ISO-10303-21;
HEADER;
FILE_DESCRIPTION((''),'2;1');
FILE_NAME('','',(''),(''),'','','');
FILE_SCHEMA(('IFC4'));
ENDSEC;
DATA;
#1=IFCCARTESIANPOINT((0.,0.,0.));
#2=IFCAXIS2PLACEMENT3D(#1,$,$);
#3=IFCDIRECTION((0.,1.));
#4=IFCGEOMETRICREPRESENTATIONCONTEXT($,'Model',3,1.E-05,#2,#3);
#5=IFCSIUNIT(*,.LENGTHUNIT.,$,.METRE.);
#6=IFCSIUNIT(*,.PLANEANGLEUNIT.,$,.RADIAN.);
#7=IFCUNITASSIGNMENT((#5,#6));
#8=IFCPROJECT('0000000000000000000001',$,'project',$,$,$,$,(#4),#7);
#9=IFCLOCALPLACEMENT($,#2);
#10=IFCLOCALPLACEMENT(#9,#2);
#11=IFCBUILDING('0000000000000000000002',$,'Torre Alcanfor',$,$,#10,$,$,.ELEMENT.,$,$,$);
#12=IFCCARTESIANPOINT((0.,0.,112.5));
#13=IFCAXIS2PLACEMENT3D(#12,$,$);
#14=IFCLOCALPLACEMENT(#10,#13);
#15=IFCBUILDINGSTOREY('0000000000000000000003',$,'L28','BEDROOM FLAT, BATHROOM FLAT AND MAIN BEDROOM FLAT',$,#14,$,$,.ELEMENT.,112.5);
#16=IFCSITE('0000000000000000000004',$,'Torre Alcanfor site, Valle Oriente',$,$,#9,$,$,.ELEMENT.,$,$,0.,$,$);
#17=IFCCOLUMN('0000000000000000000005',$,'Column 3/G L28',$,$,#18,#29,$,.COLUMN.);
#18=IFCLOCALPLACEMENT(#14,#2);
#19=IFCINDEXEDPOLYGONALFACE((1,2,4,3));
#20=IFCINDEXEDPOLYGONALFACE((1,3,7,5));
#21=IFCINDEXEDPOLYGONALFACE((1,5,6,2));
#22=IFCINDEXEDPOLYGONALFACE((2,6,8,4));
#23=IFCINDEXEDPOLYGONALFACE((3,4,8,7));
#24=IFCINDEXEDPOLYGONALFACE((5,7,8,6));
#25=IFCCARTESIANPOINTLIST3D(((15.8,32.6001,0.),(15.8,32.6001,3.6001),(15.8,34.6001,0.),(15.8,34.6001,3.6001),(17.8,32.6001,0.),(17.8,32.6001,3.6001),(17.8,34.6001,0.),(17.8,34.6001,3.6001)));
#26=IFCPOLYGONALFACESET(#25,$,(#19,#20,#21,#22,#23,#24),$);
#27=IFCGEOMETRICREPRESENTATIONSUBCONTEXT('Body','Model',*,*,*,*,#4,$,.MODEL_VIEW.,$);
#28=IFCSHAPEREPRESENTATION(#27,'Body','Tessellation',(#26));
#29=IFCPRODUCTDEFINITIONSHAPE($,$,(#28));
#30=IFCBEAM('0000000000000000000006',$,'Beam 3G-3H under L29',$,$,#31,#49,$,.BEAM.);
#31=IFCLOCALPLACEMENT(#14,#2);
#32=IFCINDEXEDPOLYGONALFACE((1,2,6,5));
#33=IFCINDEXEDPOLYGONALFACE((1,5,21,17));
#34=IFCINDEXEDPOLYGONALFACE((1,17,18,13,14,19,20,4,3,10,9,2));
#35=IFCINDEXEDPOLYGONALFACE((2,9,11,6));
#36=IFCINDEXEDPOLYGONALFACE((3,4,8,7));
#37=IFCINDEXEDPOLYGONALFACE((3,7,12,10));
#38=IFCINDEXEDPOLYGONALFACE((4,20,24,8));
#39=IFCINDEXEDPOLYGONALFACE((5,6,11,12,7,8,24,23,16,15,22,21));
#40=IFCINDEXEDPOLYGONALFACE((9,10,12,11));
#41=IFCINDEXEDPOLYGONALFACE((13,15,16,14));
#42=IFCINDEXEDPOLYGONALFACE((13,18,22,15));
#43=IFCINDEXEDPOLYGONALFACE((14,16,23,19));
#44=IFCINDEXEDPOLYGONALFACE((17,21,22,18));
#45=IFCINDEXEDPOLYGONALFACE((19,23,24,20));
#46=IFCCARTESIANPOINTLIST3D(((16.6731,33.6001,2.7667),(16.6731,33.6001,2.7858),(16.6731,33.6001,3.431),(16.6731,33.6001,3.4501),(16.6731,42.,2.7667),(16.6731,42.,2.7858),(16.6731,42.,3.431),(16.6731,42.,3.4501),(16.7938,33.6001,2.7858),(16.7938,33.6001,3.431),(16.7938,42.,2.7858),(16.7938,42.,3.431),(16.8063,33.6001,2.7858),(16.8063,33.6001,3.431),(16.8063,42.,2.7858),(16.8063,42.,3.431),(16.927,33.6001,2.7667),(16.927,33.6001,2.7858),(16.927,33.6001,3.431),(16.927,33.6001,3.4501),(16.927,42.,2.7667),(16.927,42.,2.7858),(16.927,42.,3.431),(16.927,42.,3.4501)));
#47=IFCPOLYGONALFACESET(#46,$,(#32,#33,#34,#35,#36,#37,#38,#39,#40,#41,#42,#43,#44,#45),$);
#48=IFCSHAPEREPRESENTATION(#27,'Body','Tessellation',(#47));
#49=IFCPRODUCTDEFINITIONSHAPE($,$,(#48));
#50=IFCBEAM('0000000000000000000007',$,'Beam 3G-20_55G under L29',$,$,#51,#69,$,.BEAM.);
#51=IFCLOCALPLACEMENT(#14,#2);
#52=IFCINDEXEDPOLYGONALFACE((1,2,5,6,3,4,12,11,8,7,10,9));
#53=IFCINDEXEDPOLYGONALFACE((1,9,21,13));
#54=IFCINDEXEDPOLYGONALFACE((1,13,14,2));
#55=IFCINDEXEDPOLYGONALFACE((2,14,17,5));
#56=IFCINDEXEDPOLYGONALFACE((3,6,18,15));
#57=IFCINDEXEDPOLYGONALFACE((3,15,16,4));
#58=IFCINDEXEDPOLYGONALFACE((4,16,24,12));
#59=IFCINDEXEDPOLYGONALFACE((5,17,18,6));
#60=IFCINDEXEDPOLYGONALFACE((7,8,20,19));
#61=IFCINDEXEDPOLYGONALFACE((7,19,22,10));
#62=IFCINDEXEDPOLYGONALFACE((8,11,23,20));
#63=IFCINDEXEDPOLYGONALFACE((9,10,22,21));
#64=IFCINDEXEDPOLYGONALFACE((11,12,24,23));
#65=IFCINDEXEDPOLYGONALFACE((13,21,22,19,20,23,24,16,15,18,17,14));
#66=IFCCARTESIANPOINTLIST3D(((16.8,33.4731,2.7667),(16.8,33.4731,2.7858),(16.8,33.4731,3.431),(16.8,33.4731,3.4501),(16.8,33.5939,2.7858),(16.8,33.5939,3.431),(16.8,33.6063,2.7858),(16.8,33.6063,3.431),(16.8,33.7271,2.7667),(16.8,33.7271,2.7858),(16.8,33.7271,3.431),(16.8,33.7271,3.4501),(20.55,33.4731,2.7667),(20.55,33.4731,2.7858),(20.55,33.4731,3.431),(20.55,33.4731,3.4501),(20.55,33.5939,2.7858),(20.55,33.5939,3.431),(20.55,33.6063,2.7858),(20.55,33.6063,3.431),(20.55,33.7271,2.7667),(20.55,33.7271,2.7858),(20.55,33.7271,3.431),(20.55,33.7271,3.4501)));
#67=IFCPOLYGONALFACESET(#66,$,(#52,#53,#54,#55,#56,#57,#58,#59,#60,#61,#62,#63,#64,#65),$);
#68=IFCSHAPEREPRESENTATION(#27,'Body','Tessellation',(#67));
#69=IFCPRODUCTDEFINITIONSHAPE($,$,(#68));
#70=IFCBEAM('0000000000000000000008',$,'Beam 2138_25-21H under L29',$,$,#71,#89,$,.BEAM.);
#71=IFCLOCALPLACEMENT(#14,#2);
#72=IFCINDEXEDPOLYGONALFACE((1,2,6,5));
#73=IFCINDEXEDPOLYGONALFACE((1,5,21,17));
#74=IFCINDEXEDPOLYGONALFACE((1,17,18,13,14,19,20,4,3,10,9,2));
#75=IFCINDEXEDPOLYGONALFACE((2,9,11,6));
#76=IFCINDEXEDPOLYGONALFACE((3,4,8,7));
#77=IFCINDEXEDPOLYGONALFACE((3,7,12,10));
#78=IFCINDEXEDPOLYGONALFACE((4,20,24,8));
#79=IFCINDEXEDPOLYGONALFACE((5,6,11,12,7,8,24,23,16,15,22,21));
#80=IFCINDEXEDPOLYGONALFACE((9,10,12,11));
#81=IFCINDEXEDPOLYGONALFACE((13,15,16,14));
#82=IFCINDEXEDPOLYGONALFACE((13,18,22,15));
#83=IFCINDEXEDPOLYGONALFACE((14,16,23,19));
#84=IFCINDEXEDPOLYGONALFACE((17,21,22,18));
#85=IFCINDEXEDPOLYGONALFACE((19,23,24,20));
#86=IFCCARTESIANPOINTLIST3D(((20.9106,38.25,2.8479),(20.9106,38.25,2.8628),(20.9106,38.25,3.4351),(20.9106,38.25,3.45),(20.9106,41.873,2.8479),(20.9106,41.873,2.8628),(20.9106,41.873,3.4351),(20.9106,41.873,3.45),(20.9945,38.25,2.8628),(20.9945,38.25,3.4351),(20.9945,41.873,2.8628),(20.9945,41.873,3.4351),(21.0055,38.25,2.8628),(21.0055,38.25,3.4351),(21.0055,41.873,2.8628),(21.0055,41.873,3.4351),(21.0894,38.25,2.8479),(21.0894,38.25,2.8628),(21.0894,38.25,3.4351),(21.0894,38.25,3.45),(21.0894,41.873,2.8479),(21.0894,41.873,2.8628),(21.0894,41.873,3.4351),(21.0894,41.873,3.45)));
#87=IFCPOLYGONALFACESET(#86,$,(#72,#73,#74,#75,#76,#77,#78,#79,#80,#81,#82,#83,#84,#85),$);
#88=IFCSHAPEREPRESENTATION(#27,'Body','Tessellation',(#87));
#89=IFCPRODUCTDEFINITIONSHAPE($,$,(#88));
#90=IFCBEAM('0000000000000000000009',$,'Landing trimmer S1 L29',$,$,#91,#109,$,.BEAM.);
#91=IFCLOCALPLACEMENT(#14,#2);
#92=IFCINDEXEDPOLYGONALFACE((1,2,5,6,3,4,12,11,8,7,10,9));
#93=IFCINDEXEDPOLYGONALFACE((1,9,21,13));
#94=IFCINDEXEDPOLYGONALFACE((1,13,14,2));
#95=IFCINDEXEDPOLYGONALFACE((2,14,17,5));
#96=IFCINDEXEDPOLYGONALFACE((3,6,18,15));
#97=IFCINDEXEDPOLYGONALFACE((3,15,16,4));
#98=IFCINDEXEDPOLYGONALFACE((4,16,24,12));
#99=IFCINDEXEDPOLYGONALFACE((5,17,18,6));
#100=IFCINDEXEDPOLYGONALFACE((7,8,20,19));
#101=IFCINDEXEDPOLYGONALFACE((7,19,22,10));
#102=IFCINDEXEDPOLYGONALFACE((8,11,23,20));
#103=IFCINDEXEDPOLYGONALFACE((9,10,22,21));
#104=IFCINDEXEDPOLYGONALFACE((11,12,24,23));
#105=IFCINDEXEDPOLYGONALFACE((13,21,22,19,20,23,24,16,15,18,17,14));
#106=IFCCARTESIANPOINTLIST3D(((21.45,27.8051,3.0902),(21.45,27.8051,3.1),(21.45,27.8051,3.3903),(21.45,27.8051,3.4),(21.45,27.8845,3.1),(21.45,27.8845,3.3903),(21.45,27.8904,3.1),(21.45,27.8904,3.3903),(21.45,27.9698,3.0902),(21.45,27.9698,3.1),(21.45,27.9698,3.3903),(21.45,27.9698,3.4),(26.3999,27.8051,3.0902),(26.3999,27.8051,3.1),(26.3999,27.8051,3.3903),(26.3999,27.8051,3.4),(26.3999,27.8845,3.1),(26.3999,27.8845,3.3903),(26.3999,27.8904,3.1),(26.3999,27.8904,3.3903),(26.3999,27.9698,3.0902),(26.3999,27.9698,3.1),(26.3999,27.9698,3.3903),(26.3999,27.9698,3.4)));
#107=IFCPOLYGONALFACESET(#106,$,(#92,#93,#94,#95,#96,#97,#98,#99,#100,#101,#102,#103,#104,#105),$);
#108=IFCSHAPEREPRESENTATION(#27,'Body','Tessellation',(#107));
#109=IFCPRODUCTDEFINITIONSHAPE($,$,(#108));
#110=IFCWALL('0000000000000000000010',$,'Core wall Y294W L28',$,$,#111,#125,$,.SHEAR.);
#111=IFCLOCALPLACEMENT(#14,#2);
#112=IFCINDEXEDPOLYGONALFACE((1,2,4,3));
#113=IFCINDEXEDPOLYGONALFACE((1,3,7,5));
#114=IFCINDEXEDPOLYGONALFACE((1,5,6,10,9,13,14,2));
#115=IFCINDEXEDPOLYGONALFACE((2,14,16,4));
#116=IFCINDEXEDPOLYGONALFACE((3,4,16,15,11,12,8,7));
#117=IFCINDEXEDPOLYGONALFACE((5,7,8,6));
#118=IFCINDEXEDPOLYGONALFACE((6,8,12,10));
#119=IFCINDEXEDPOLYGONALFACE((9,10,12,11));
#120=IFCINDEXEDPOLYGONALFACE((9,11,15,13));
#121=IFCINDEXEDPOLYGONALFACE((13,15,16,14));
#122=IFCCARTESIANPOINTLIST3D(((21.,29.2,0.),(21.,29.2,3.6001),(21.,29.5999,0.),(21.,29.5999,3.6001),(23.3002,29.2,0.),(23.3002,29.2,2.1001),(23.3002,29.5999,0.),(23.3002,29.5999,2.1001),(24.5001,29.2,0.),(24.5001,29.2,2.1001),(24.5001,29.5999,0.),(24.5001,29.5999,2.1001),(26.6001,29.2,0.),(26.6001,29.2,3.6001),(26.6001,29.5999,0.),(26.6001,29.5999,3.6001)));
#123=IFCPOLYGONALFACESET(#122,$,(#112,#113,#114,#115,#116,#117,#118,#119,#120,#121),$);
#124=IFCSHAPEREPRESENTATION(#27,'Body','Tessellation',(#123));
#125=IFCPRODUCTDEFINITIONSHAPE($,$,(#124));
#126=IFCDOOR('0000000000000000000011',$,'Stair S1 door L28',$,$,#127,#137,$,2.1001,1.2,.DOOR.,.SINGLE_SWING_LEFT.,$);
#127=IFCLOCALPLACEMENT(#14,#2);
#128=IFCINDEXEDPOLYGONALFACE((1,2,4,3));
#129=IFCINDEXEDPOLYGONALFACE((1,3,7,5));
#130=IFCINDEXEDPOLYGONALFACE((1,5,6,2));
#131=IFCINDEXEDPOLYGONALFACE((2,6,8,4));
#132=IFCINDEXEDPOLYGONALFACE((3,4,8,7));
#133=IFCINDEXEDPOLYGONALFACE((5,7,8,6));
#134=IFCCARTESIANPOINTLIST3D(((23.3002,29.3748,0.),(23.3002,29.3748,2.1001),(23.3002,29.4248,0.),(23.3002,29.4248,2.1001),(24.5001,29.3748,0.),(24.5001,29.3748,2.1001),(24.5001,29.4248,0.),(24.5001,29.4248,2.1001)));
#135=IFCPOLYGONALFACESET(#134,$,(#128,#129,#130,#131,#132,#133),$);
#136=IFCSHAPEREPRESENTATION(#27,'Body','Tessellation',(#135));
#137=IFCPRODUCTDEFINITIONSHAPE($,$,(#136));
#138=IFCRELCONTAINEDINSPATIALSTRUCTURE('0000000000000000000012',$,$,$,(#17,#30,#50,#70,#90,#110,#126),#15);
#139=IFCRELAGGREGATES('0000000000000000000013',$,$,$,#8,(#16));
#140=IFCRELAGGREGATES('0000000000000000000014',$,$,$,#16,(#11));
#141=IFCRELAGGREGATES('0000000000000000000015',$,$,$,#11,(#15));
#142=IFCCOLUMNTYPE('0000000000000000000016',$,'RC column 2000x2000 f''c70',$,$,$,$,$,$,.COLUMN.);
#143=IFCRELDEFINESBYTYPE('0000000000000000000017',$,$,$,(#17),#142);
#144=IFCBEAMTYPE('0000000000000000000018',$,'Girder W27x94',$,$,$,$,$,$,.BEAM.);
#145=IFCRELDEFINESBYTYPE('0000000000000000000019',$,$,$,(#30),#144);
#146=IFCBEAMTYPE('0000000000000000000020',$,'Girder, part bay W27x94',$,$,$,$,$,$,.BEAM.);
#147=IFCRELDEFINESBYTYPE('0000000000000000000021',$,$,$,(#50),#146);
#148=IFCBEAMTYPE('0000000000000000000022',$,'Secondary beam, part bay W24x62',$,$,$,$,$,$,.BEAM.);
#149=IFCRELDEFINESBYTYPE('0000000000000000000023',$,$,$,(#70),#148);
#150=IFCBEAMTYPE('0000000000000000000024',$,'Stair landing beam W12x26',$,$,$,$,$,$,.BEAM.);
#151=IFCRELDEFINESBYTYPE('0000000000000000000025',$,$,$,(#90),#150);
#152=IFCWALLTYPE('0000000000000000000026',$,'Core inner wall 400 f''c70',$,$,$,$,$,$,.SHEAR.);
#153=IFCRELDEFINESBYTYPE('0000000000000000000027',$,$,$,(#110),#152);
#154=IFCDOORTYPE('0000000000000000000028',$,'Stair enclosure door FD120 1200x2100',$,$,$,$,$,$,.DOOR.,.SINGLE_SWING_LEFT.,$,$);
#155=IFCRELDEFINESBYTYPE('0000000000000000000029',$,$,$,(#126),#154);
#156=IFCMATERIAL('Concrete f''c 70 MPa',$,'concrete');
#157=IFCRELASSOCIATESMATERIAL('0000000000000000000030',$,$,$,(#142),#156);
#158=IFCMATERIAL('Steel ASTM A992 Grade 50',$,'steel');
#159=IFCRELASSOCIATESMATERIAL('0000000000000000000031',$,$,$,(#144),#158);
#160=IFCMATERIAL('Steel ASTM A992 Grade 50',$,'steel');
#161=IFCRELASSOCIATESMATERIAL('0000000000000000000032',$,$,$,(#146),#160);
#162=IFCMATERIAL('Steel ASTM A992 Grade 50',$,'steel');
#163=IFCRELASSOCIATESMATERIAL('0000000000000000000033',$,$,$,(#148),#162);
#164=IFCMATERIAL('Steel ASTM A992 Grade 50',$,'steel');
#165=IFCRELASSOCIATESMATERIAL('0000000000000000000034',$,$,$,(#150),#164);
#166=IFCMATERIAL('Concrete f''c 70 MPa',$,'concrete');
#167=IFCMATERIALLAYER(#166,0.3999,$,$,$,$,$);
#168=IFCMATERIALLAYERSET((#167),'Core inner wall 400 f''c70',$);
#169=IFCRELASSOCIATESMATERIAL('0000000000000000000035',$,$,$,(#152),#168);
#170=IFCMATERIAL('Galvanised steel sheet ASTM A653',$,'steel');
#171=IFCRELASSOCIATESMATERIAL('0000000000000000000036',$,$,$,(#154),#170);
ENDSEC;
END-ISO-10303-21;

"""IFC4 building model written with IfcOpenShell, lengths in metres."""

from ifc_helpers import new_model, si_unit, direction, frame, frame_2d, origin, origin_2d, place, context, subcontext, project, spatial, rectangle, i_section, extrude, material, layer, layer_set, material_profile, profile_set, type_object, element, fill, save


model = new_model("IFC4")

# Units and contexts
model_context = context("Model", 3, precision=1e-05, world=origin(), true_north=direction((0.0, 1.0)))
body_context = subcontext(model_context, "Body", "Model", "MODEL_VIEW")
ifc_project = project(units=[si_unit("LENGTHUNIT", "METRE"), si_unit("PLANEANGLEUNIT", "RADIAN")], contexts=[model_context])

# Site, building, storey
site_placement = place(None, origin())
site = spatial("IfcSite", under=ifc_project, at=site_placement, Name="Torre Alcanfor site, Valle Oriente", CompositionType="ELEMENT", RefElevation=0.0)
building_placement = place(site_placement, origin())
building = spatial("IfcBuilding", under=site, at=building_placement, Name="Torre Alcanfor", CompositionType="ELEMENT")
storey_placement = place(building_placement, frame((0.0, 0.0, 112.5)))
storey = spatial("IfcBuildingStorey", under=building, at=storey_placement, Name="L28", Description="BEDROOM FLAT, BATHROOM FLAT AND MAIN BEDROOM FLAT", CompositionType="ELEMENT", Elevation=112.5)

# Column
ifc_material_1 = material(Name="Concrete f'c 70 MPa", Category="concrete")
ifc_material_profile_1 = material_profile(ifc_material_1, rectangle(XDim=2.0, YDim=2.0, at=origin_2d()), Name="2000x2000")
ifc_profile_set_1 = profile_set([ifc_material_profile_1], Name="Concrete f'c 70 MPa")
column_type = type_object("IfcColumnType", Name="RC column 2000x2000 f'c70", PredefinedType="COLUMN", material=ifc_profile_set_1)
column_placement = place(storey_placement, frame((16.8, 33.6001, 0.0), z_axis=(0.0, 0.0, 1.0), x_axis=(1.0, 0.0, 0.0)))
element("IfcColumn", 1, at=column_placement, inside=storey, type_object=column_type, Name="Column 3/G L28", PredefinedType="COLUMN", context=body_context, shape_type="SweptSolid", body=[
    extrude(rectangle(XDim=2.0, YDim=2.0, at=origin_2d()), origin(), (0.0, 0.0, 1.0), 3.6001),
])

# Beams
ifc_material_2 = material(Name="Steel ASTM A992 Grade 50", Category="steel")
ifc_material_profile_2 = material_profile(ifc_material_2, i_section(OverallWidth=0.2539, OverallDepth=0.6833, WebThickness=0.0125, FlangeThickness=0.019, at=origin_2d()), Name="W27x94")
ifc_profile_set_2 = profile_set([ifc_material_profile_2], Name="Steel ASTM A992 Grade 50")
beam_type_1 = type_object("IfcBeamType", Name="Girder W27x94", PredefinedType="BEAM", material=ifc_profile_set_2)
beam_1_placement = place(storey_placement, frame((16.8, 33.6001, 3.1084), z_axis=(0.0, 1.0, 0.0), x_axis=(-1.0, 0.0, 0.0)))
element("IfcBeam", 2, at=beam_1_placement, inside=storey, type_object=beam_type_1, Name="Beam 3G-3H under L29", PredefinedType="BEAM", context=body_context, shape_type="SweptSolid", body=[
    extrude(i_section(OverallWidth=0.2539, OverallDepth=0.6833, WebThickness=0.0125, FlangeThickness=0.019, at=origin_2d()), origin(), (0.0, 0.0, 1.0), 8.3999),
])
ifc_material_3 = material(Name="Steel ASTM A992 Grade 50", Category="steel")
ifc_material_profile_3 = material_profile(ifc_material_3, i_section(OverallWidth=0.2539, OverallDepth=0.6833, WebThickness=0.0125, FlangeThickness=0.019, at=origin_2d()), Name="W27x94")
ifc_profile_set_3 = profile_set([ifc_material_profile_3], Name="Steel ASTM A992 Grade 50")
beam_type_2 = type_object("IfcBeamType", Name="Girder, part bay W27x94", PredefinedType="BEAM", material=ifc_profile_set_3)
beam_2_placement = place(storey_placement, frame((16.8, 33.6001, 3.1084), z_axis=(1.0, 0.0, 0.0), x_axis=(0.0, 1.0, 0.0)))
element("IfcBeam", 3, at=beam_2_placement, inside=storey, type_object=beam_type_2, Name="Beam 3G-20_55G under L29", PredefinedType="BEAM", context=body_context, shape_type="SweptSolid", body=[
    extrude(i_section(OverallWidth=0.2539, OverallDepth=0.6833, WebThickness=0.0125, FlangeThickness=0.019, at=origin_2d()), origin(), (0.0, 0.0, 1.0), 3.75),
])
ifc_material_4 = material(Name="Steel ASTM A992 Grade 50", Category="steel")
ifc_material_profile_4 = material_profile(ifc_material_4, i_section(OverallWidth=0.1787, OverallDepth=0.6021, WebThickness=0.011, FlangeThickness=0.0149, at=origin_2d()), Name="W24x62")
ifc_profile_set_4 = profile_set([ifc_material_profile_4], Name="Steel ASTM A992 Grade 50")
beam_type_3 = type_object("IfcBeamType", Name="Secondary beam, part bay W24x62", PredefinedType="BEAM", material=ifc_profile_set_4)
beam_3_placement = place(storey_placement, frame((21.0, 38.25, 3.1489), z_axis=(0.0, 1.0, 0.0), x_axis=(-1.0, 0.0, 0.0)))
element("IfcBeam", 4, at=beam_3_placement, inside=storey, type_object=beam_type_3, Name="Beam 2138_25-21H under L29", PredefinedType="BEAM", context=body_context, shape_type="SweptSolid", body=[
    extrude(i_section(OverallWidth=0.1787, OverallDepth=0.6021, WebThickness=0.011, FlangeThickness=0.0149, at=origin_2d()), origin(), (0.0, 0.0, 1.0), 3.623),
])
ifc_material_5 = material(Name="Steel ASTM A992 Grade 50", Category="steel")
ifc_material_profile_5 = material_profile(ifc_material_5, i_section(OverallWidth=0.1648, OverallDepth=0.3098, WebThickness=0.0059, FlangeThickness=0.0098, at=origin_2d()), Name="W12x26")
ifc_profile_set_5 = profile_set([ifc_material_profile_5], Name="Steel ASTM A992 Grade 50")
beam_type_4 = type_object("IfcBeamType", Name="Stair landing beam W12x26", PredefinedType="BEAM", material=ifc_profile_set_5)
beam_4_placement = place(storey_placement, frame((21.45, 27.8875, 3.2451), z_axis=(1.0, 0.0, 0.0), x_axis=(0.0, 1.0, 0.0)))
element("IfcBeam", 5, at=beam_4_placement, inside=storey, type_object=beam_type_4, Name="Landing trimmer S1 L29", PredefinedType="BEAM", context=body_context, shape_type="SweptSolid", body=[
    extrude(i_section(OverallWidth=0.1648, OverallDepth=0.3098, WebThickness=0.0059, FlangeThickness=0.0098, at=origin_2d()), origin(), (0.0, 0.0, 1.0), 4.95),
])

# Wall, opening, door
ifc_material_6 = material(Name="Concrete f'c 70 MPa", Category="concrete")
ifc_layer_1 = layer(ifc_material_6, 0.3999)
ifc_layer_set_1 = layer_set([ifc_layer_1], Name="Core inner wall 400 f'c70")
wall_type_1 = type_object("IfcWallType", Name="Core inner wall 400 f'c70", PredefinedType="SHEAR", material=ifc_layer_set_1)
wall_1_placement = place(storey_placement, frame((21.0, 29.3999, 0.0), z_axis=(0.0, 0.0, 1.0), x_axis=(1.0, 0.0, 0.0)))
wall_1 = element("IfcWall", 6, at=wall_1_placement, inside=storey, type_object=wall_type_1, Name="Core wall Y294W L28", PredefinedType="SHEAR", context=body_context, shape_type="SweptSolid", body=[
    extrude(rectangle(XDim=5.6001, YDim=0.3999, at=frame_2d((2.8, 0.0))), origin(), (0.0, 0.0, 1.0), 3.6001),
])
opening_1_placement = place(wall_1_placement, frame((2.3, 0.0, 0.0)))
opening_1 = element("IfcOpeningElement", 7, at=opening_1_placement, cuts=wall_1, PredefinedType="OPENING", context=body_context, shape_type="SweptSolid", body=[
    extrude(rectangle(XDim=1.2, YDim=2.1001, at=frame_2d((0.6001, 1.05))), frame((0.0, 0.21, 0.0), z_axis=(0.0, -1.0, 0.0), x_axis=(1.0, 0.0, 0.0)), (0.0, 0.0, 1.0), 0.4199),
])
ifc_material_7 = material(Name="Galvanised steel sheet ASTM A653", Category="steel")
door_type_1 = type_object("IfcDoorType", Name="Stair enclosure door FD120 1200x2100", OperationType="SINGLE_SWING_LEFT", PredefinedType="DOOR", material=ifc_material_7)
door_1_placement = place(opening_1_placement, frame((1.2, 0.0, 0.0), z_axis=(0.0, 0.0, 1.0), x_axis=(-1.0, 0.0, 0.0)))
door_1 = element("IfcDoor", 8, at=door_1_placement, inside=storey, type_object=door_type_1, Name="Stair S1 door L28", OperationType="SINGLE_SWING_LEFT", OverallHeight=2.1001, OverallWidth=1.2, PredefinedType="DOOR", context=body_context, shape_type="SweptSolid", body=[
    extrude(rectangle(XDim=1.2, YDim=2.1001, at=frame_2d((0.5999, 1.05))), frame((0.0, 0.0251, 0.0), z_axis=(0.0, -1.0, 0.0), x_axis=(1.0, 0.0, 0.0)), (0.0, 0.0, 1.0), 0.05),
])
fill(opening_1, door_1)

save(model, "model.ifc")
